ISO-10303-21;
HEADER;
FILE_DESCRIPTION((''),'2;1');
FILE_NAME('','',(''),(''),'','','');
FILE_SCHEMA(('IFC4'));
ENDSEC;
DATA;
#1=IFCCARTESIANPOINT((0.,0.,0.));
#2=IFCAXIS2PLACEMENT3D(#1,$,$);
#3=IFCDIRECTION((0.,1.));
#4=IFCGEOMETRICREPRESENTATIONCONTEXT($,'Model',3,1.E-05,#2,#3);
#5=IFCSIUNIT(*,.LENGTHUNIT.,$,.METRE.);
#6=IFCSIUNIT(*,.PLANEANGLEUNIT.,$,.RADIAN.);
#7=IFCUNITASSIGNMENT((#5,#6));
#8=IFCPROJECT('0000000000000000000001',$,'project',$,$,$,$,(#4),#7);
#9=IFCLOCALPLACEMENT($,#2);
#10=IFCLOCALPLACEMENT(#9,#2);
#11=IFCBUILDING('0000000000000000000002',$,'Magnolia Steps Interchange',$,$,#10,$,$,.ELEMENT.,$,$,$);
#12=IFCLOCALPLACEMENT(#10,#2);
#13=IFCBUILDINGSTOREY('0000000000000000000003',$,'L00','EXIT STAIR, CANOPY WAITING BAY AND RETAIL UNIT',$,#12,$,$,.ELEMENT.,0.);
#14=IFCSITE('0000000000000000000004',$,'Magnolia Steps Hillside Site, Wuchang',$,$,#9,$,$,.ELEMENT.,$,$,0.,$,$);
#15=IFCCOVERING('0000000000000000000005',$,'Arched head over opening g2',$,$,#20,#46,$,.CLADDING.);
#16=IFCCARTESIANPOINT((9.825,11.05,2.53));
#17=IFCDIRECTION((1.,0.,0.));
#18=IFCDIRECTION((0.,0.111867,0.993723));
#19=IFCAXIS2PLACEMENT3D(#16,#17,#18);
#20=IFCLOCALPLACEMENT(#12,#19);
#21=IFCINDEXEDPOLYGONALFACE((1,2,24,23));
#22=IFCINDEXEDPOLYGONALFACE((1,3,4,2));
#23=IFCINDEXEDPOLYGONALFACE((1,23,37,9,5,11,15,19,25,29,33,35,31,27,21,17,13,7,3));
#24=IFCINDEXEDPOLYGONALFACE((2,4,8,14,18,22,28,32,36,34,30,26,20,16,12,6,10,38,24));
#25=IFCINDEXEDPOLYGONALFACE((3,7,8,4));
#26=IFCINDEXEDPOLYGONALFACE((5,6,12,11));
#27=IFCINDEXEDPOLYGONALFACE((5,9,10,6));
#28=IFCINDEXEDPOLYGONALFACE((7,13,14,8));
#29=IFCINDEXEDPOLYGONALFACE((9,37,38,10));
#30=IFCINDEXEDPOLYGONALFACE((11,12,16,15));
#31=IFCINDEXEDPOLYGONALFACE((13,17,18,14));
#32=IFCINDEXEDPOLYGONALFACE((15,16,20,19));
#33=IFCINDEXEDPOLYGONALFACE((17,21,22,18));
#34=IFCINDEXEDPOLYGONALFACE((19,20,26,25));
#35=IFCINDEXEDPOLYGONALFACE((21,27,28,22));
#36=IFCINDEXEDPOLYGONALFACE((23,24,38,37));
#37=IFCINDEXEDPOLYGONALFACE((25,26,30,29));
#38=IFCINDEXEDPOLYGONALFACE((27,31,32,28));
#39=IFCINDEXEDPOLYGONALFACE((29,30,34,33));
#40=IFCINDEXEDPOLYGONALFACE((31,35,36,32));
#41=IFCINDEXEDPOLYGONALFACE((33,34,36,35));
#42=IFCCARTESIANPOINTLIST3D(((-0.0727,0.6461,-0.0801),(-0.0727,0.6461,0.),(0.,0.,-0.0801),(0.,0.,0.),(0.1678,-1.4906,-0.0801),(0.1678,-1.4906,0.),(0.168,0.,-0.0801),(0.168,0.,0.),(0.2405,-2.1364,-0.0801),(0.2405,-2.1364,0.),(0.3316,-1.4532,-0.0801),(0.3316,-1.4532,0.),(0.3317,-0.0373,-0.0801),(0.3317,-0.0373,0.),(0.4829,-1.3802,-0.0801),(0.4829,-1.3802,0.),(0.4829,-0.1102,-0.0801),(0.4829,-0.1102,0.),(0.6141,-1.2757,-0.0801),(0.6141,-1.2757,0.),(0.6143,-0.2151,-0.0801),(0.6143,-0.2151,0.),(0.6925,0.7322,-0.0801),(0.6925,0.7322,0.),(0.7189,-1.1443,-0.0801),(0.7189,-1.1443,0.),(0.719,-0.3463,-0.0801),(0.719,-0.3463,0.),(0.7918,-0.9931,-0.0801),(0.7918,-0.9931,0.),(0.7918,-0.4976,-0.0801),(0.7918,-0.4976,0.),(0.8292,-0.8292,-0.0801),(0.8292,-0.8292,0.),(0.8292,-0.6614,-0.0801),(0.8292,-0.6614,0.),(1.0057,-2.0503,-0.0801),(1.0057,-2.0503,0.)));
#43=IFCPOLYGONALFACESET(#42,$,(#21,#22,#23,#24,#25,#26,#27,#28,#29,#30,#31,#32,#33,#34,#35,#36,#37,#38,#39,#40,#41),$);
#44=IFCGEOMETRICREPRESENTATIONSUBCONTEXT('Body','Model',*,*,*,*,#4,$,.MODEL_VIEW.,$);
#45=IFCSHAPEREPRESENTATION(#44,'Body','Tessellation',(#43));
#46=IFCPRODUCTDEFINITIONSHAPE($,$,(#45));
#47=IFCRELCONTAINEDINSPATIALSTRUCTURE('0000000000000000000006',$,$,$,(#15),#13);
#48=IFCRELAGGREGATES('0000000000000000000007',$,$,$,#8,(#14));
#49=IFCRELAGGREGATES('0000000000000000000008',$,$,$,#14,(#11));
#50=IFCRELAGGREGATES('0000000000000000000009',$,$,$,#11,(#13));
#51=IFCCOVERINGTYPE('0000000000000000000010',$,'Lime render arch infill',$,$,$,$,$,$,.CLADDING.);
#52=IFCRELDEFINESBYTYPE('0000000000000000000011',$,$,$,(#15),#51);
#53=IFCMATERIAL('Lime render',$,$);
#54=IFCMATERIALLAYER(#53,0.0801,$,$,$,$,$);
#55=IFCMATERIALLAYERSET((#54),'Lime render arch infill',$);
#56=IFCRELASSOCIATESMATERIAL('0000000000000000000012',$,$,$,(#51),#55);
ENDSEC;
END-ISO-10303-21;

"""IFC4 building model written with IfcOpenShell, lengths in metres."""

from ifc_helpers import new_model, si_unit, direction, frame, origin, place, context, subcontext, project, spatial, polyline, outline, extrude, material, layer, layer_set, type_object, element, save


model = new_model("IFC4")

# Units and contexts
model_context = context("Model", 3, precision=1e-05, world=origin(), true_north=direction((0.0, 1.0)))
body_context = subcontext(model_context, "Body", "Model", "MODEL_VIEW")
ifc_project = project(units=[si_unit("LENGTHUNIT", "METRE"), si_unit("PLANEANGLEUNIT", "RADIAN")], contexts=[model_context])

# Site, building, storey
site_placement = place(None, origin())
site = spatial("IfcSite", under=ifc_project, at=site_placement, Name="Magnolia Steps Hillside Site, Wuchang", CompositionType="ELEMENT", RefElevation=0.0)
building_placement = place(site_placement, origin())
building = spatial("IfcBuilding", under=site, at=building_placement, Name="Magnolia Steps Interchange", CompositionType="ELEMENT")
storey_placement = place(building_placement, origin())
storey = spatial("IfcBuildingStorey", under=building, at=storey_placement, Name="L00", Description="EXIT STAIR, CANOPY WAITING BAY AND RETAIL UNIT", CompositionType="ELEMENT", Elevation=0.0)

# Covering
ifc_material_1 = material(Name="Lime render")
ifc_layer_1 = layer(ifc_material_1, 0.0801)
ifc_layer_set_1 = layer_set([ifc_layer_1], Name="Lime render arch infill")
covering_type_1 = type_object("IfcCoveringType", Name="Lime render arch infill", PredefinedType="CLADDING", material=ifc_layer_set_1)
covering_1_placement = place(storey_placement, frame((9.825, 11.05, 2.53), z_axis=(1.0, 0.0, 0.0), x_axis=(0.0, 0.111867, 0.993723)))
element("IfcCovering", 1, at=covering_1_placement, inside=storey, type_object=covering_type_1, Name="Arched head over opening g2", PredefinedType="CLADDING", context=body_context, shape_type="SweptSolid", body=[
    extrude(outline(polyline([(0.0, 0.0), (0.168, 0.0), (0.3317, -0.0373), (0.4829, -0.1102), (0.6143, -0.2151), (0.719, -0.3463), (0.7918, -0.4976), (0.8292, -0.6614), (0.8292, -0.8292), (0.7918, -0.9931), (0.7189, -1.1443), (0.6141, -1.2757), (0.4829, -1.3802), (0.3316, -1.4532), (0.1678, -1.4906), (0.2405, -2.1364), (1.0057, -2.0503), (0.6925, 0.7322), (-0.0727, 0.6461), (0.0, 0.0)])), origin(), (0.0, 0.0, -1.0), 0.0801),
])

save(model, "model.ifc")
